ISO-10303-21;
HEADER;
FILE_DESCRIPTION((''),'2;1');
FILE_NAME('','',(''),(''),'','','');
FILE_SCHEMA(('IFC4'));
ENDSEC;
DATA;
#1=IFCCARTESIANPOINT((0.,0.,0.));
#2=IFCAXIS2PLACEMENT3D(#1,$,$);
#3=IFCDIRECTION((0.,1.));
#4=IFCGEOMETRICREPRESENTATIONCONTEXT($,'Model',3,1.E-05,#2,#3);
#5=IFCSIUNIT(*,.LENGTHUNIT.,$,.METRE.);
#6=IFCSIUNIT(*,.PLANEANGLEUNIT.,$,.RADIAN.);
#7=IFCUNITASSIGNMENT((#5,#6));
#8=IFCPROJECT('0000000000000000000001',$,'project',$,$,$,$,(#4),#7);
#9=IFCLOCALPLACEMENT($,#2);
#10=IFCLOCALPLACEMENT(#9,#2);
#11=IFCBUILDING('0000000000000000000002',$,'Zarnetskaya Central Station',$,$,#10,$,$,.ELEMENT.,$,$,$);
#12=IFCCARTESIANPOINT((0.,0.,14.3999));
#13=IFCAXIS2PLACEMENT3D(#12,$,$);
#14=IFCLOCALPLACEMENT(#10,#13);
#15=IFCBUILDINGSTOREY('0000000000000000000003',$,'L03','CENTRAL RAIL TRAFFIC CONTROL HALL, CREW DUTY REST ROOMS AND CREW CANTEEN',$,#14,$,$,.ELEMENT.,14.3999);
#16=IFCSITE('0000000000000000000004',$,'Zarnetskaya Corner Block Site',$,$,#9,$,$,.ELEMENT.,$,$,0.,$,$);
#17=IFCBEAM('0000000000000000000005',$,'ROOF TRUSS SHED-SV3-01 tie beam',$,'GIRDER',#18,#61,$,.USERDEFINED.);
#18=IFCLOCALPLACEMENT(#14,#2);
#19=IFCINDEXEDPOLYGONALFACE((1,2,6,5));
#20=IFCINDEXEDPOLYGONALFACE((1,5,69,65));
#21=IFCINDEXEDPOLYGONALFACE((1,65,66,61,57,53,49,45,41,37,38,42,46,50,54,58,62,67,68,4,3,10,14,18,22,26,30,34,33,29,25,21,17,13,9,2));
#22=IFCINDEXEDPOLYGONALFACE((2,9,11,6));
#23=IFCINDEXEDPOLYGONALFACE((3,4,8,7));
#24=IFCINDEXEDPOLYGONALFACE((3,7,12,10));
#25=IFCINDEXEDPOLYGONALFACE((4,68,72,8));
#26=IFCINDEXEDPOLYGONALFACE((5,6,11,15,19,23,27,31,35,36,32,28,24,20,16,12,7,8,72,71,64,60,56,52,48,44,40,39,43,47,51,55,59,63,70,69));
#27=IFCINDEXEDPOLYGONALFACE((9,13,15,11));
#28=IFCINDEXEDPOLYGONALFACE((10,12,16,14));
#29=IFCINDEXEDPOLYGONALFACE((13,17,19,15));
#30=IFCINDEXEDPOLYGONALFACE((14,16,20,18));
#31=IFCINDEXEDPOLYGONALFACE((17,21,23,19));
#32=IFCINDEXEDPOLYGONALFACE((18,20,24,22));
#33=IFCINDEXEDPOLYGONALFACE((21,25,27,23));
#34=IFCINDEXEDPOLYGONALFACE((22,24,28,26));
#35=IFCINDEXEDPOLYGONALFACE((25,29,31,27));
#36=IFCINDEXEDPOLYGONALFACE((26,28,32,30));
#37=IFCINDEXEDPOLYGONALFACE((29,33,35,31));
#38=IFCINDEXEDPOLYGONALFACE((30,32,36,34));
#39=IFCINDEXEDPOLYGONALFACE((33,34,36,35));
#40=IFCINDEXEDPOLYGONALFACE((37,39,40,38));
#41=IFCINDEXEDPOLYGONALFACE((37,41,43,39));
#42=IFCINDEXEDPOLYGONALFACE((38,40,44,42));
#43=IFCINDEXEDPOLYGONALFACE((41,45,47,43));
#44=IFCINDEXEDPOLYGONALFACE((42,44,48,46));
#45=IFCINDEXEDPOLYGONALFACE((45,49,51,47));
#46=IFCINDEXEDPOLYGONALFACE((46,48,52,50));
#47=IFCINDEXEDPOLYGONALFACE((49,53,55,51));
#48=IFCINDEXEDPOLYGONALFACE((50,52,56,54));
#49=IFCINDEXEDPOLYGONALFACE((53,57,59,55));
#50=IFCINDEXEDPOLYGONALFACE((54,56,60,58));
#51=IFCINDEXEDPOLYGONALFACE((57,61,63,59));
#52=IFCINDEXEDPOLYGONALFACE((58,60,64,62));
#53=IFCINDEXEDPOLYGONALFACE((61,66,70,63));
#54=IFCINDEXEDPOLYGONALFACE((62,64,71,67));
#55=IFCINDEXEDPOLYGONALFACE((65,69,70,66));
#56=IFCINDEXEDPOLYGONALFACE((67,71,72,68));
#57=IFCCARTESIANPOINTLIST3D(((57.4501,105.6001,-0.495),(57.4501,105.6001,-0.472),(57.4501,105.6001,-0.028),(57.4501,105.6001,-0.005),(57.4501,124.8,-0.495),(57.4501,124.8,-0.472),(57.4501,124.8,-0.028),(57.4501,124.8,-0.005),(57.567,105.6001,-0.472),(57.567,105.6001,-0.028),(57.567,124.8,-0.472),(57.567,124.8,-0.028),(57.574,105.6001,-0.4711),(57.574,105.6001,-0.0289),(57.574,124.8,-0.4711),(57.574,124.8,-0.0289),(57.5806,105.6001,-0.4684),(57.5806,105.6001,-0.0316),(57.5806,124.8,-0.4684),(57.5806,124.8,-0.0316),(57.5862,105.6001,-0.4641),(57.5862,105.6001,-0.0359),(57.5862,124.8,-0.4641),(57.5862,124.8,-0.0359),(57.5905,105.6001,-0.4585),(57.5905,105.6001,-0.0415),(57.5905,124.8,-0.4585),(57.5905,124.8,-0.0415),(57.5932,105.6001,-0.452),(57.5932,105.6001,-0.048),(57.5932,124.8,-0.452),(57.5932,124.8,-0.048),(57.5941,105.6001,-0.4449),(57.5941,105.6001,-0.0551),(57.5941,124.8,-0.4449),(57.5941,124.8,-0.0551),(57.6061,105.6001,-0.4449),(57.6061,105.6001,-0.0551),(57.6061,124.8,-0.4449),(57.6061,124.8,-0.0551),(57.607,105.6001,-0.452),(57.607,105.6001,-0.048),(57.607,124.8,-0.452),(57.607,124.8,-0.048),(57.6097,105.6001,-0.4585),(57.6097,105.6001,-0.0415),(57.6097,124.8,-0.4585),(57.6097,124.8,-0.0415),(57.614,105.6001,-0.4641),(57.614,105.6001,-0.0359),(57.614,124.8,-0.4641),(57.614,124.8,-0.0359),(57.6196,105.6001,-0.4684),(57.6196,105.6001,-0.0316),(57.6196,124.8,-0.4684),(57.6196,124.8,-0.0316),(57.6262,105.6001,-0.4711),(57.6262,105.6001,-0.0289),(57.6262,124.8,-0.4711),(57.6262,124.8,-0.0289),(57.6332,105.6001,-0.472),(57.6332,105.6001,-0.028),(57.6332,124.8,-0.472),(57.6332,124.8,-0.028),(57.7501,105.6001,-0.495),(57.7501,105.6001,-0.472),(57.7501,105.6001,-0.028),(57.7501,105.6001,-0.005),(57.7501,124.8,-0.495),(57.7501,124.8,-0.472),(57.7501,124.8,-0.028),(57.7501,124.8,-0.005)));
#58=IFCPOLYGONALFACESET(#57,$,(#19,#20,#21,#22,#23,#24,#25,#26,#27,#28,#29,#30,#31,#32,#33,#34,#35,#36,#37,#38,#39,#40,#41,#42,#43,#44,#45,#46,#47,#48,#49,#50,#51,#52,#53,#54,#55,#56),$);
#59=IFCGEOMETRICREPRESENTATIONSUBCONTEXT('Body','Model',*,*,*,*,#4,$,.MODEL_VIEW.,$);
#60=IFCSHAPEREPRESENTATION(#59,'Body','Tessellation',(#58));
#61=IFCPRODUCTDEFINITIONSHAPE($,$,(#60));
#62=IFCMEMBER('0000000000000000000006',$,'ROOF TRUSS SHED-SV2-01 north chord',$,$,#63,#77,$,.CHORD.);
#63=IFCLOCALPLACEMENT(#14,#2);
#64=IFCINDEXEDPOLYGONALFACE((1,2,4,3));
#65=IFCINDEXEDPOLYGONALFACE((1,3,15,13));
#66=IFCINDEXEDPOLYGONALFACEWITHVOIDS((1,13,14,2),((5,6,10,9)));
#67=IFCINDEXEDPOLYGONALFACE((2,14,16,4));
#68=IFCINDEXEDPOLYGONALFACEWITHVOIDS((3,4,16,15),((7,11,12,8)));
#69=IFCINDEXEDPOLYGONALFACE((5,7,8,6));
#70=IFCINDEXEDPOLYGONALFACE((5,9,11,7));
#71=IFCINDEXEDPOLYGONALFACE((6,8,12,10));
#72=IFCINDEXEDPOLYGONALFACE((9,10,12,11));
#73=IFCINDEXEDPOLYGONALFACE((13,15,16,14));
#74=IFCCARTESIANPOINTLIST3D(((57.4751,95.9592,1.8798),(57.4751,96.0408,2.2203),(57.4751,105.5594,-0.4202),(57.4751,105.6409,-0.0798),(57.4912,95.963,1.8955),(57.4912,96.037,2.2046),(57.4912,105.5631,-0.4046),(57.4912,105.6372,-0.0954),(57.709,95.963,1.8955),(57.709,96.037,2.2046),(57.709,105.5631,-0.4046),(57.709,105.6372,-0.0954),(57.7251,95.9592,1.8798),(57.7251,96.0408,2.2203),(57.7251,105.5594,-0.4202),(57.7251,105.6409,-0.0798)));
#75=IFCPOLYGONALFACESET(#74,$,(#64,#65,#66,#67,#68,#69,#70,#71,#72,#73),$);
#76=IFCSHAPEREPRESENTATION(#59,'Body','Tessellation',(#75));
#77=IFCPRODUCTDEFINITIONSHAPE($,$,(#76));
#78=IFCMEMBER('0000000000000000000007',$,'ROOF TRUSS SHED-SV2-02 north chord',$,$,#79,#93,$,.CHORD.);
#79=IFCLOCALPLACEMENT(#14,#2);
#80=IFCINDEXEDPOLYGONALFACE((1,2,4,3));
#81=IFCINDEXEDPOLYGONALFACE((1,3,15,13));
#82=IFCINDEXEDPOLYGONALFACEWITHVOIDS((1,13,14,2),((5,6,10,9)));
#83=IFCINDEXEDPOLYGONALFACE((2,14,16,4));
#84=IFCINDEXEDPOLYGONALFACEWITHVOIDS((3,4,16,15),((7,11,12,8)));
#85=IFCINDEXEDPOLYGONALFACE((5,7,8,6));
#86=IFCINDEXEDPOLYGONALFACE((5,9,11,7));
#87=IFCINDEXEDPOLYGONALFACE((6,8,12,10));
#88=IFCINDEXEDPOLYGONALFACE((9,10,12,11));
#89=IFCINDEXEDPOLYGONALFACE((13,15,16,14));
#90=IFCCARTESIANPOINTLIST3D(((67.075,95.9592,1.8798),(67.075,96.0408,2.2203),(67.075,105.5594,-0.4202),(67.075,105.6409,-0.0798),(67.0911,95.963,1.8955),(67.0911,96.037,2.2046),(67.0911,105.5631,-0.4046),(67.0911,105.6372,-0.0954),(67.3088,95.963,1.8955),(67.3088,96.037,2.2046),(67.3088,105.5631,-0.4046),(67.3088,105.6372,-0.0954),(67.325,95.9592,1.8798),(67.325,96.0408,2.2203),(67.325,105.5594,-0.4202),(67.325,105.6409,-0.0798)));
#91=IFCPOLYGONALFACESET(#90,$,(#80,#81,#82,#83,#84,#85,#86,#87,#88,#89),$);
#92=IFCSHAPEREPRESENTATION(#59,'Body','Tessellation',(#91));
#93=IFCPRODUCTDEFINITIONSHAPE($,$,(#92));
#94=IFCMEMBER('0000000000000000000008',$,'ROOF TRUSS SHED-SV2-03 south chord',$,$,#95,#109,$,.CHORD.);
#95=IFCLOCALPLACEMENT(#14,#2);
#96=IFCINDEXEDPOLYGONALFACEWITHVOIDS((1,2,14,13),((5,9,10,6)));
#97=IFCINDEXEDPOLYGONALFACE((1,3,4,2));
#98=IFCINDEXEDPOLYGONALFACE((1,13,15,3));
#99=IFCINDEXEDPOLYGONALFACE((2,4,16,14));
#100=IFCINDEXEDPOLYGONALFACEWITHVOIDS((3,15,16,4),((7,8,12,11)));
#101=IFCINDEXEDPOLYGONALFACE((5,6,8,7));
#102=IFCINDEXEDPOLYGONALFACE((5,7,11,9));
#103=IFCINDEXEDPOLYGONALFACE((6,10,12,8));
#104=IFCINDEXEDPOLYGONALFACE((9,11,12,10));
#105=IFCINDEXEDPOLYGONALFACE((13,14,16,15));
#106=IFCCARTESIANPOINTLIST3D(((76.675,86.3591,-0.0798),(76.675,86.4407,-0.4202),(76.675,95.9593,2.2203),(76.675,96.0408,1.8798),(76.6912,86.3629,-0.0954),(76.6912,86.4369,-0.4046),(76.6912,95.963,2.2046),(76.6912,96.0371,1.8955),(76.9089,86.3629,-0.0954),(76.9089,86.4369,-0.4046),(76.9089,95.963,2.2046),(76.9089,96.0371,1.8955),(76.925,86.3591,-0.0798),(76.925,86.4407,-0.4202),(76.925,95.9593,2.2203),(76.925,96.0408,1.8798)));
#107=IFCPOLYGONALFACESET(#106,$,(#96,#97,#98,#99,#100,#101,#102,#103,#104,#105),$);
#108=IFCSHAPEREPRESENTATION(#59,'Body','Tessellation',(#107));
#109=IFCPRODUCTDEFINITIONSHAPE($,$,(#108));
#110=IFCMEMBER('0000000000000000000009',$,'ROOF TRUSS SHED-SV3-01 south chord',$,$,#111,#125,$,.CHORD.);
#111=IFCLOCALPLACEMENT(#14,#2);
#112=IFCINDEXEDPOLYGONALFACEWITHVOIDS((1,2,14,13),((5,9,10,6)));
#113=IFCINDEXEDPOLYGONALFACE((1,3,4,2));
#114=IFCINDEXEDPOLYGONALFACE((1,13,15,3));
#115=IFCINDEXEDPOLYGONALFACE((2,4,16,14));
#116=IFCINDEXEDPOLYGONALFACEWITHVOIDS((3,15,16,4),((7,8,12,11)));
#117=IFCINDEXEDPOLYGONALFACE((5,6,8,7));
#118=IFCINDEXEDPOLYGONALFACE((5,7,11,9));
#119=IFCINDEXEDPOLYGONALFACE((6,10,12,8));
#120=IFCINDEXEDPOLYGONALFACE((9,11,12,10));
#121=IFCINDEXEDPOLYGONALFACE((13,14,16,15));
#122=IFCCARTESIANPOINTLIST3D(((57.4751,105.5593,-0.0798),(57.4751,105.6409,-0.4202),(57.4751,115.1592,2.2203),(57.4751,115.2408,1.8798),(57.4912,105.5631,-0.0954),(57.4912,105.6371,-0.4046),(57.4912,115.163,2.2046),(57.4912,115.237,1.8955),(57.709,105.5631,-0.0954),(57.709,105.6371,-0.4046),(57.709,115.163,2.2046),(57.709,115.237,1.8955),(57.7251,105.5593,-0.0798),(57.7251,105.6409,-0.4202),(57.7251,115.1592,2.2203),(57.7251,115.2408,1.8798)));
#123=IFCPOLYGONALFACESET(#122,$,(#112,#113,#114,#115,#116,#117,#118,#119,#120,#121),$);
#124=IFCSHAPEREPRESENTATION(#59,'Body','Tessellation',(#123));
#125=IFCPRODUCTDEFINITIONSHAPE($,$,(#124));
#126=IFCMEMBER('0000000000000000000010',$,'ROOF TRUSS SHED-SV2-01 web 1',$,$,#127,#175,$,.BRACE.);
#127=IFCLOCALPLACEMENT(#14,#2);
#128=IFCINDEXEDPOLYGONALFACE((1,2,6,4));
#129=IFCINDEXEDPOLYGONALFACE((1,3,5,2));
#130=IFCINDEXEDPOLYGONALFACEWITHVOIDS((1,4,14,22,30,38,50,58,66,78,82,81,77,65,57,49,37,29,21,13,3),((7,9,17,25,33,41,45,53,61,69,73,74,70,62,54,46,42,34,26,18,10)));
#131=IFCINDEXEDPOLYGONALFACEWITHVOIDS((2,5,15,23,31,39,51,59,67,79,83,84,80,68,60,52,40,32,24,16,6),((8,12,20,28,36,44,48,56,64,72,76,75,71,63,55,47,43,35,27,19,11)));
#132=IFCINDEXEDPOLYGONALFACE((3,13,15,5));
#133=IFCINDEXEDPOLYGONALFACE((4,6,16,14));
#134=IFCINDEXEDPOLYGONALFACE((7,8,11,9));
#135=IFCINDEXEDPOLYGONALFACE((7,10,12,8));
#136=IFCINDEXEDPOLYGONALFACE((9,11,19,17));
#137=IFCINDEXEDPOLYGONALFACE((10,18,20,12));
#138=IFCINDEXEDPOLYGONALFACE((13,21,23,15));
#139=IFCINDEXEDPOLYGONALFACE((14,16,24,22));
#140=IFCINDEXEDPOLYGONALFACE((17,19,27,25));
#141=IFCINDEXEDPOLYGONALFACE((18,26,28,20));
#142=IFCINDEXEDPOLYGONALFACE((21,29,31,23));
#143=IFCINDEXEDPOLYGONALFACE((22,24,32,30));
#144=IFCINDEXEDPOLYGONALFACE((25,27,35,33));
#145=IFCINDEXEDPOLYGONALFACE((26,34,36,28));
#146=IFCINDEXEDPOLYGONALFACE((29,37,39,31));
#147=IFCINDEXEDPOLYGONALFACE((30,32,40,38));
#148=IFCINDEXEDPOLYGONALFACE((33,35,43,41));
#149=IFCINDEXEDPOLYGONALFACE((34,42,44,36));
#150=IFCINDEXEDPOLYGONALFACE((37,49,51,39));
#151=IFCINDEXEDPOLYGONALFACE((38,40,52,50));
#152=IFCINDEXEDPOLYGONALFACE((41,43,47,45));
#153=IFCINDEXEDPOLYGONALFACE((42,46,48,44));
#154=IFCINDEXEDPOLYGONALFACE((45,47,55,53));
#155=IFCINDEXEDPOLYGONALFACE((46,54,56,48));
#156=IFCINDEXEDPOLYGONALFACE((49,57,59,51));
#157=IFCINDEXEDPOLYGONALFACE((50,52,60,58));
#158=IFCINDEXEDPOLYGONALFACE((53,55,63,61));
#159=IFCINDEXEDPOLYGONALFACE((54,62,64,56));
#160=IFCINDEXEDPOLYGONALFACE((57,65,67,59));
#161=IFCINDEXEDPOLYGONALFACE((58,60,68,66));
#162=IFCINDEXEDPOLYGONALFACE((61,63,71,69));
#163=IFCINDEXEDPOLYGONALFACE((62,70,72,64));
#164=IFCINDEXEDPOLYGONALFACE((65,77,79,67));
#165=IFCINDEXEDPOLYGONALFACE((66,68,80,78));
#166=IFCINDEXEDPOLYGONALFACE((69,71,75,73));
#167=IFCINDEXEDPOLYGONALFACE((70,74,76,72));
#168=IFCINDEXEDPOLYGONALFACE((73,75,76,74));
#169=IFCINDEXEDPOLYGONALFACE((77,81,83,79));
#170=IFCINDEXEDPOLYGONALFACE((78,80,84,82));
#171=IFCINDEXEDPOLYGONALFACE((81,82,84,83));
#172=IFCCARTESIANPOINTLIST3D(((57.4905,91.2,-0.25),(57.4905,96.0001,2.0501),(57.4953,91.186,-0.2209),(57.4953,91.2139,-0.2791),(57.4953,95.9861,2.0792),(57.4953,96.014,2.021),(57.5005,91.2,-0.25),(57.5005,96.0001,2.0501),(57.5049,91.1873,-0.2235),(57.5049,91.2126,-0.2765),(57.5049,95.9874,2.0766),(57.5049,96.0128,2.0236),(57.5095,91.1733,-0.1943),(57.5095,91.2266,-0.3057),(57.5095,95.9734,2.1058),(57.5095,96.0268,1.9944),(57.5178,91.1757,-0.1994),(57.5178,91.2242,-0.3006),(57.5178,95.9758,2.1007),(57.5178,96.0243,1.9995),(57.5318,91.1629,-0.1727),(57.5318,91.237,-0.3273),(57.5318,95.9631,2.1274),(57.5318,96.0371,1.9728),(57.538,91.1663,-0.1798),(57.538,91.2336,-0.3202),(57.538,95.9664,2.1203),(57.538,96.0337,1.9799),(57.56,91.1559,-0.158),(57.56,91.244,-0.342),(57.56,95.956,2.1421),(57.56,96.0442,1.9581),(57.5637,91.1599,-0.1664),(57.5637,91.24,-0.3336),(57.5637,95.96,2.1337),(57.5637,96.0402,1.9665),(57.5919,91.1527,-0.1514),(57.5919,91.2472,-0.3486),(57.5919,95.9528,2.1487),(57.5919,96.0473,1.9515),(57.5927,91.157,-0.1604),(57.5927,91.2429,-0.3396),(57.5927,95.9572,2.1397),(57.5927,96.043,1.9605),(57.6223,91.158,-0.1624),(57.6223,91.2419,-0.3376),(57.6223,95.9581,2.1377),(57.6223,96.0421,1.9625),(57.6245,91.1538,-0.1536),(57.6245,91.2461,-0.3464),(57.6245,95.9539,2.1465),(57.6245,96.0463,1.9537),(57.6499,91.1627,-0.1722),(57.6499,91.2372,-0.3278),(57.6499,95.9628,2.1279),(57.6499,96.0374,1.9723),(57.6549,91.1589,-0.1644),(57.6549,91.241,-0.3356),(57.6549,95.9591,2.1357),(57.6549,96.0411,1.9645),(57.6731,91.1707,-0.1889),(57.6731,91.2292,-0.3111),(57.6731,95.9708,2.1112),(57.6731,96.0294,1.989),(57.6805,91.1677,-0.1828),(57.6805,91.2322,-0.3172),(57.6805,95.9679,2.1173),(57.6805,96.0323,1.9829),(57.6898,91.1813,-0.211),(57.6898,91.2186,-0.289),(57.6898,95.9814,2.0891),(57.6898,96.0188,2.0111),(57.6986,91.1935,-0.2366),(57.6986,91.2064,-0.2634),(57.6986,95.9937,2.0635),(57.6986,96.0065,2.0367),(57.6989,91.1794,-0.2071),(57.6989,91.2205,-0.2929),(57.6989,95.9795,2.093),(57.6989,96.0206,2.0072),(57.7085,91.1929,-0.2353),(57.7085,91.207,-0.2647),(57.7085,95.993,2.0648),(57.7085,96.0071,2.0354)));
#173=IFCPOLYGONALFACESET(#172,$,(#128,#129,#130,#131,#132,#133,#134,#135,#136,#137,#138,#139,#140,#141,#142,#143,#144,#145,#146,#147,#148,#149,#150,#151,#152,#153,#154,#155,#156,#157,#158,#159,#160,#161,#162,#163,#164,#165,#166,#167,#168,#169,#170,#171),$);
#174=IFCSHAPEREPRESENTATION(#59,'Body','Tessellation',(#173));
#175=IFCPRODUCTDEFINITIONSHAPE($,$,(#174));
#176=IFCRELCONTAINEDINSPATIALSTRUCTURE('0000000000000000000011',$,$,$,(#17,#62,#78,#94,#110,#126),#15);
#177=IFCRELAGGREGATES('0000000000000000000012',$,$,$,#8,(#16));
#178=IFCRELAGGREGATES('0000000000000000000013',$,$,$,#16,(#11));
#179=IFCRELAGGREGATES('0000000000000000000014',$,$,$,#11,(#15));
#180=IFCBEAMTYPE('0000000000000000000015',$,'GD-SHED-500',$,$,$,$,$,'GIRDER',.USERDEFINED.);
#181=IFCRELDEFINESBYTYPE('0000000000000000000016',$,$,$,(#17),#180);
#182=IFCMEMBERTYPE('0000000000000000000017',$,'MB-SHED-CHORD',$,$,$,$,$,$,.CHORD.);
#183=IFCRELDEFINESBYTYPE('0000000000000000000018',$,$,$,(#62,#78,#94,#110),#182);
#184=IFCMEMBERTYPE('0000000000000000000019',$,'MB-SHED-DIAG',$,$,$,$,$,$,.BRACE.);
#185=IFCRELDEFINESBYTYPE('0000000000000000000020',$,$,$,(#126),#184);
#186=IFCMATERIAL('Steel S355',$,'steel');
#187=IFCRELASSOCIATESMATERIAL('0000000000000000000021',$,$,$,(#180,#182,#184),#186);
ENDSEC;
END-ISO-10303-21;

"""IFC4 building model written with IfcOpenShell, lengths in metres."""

from ifc_helpers import new_model, si_unit, direction, frame, origin, origin_2d, place, context, subcontext, project, spatial, hollow_rectangle, hollow_circle, i_section, extrude, material, material_profile, profile_set, type_object, element, save


model = new_model("IFC4")

# Units and contexts
model_context = context("Model", 3, precision=1e-05, world=origin(), true_north=direction((0.0, 1.0)))
body_context = subcontext(model_context, "Body", "Model", "MODEL_VIEW")
ifc_project = project(units=[si_unit("LENGTHUNIT", "METRE"), si_unit("PLANEANGLEUNIT", "RADIAN")], contexts=[model_context])

# Site, building, storey
site_placement = place(None, origin())
site = spatial("IfcSite", under=ifc_project, at=site_placement, Name="Zarnetskaya Corner Block Site", CompositionType="ELEMENT", RefElevation=0.0)
building_placement = place(site_placement, origin())
building = spatial("IfcBuilding", under=site, at=building_placement, Name="Zarnetskaya Central Station", CompositionType="ELEMENT")
storey_placement = place(building_placement, frame((0.0, 0.0, 14.3999)))
storey = spatial("IfcBuildingStorey", under=building, at=storey_placement, Name="L03", Description="CENTRAL RAIL TRAFFIC CONTROL HALL, CREW DUTY REST ROOMS AND CREW CANTEEN", CompositionType="ELEMENT", Elevation=14.3999)

# Beam
ifc_material_1 = material(Name="Steel S355", Category="steel")
ifc_material_profile_1 = material_profile(ifc_material_1, i_section(OverallWidth=0.3, OverallDepth=0.49, WebThickness=0.012, FlangeThickness=0.0229, FilletRadius=0.0271, at=origin_2d()), Name="HEA 500")
ifc_profile_set_1 = profile_set([ifc_material_profile_1], Name="Steel S355")
beam_type = type_object("IfcBeamType", Name="GD-SHED-500", ElementType="GIRDER", PredefinedType="USERDEFINED", material=ifc_profile_set_1)
beam_placement = place(storey_placement, frame((57.6001, 105.6001, -0.25), z_axis=(0.0, 1.0, 0.0), x_axis=(-1.0, 0.0, 0.0)))
element("IfcBeam", 1, at=beam_placement, inside=storey, type_object=beam_type, Name="ROOF TRUSS SHED-SV3-01 tie beam", ObjectType="GIRDER", PredefinedType="USERDEFINED", context=body_context, shape_type="SweptSolid", body=[
    extrude(i_section(OverallWidth=0.3, OverallDepth=0.49, WebThickness=0.012, FlangeThickness=0.0229, FilletRadius=0.0271, at=origin_2d()), origin(), (0.0, 0.0, 1.0), 19.2),
])

# Members
ifc_material_profile_2 = material_profile(ifc_material_1, hollow_rectangle(XDim=0.25, YDim=0.3501, WallThickness=0.0161, at=origin_2d()), Name="RHS 350x250x16")
ifc_profile_set_2 = profile_set([ifc_material_profile_2], Name="Steel S355")
member_type_1 = type_object("IfcMemberType", Name="MB-SHED-CHORD", PredefinedType="CHORD", material=ifc_profile_set_2)
for number, where, z_axis, x_axis, name in (
    (2, (57.6001, 96.0, 2.05), (0.0, 0.972479, -0.232992), (-1.0, 0.0, 0.0), "ROOF TRUSS SHED-SV2-01 north chord"),
    (3, (67.2, 96.0, 2.05), (0.0, 0.972479, -0.232992), (-1.0, 0.0, 0.0), "ROOF TRUSS SHED-SV2-02 north chord"),
    (4, (76.8, 86.3999, -0.25), (0.0, 0.972479, 0.232992), (-1.0, 0.0, 0.0), "ROOF TRUSS SHED-SV2-03 south chord"),
):
    element("IfcMember", number, at=place(storey_placement, frame(where, z_axis=z_axis, x_axis=x_axis)), inside=storey, type_object=member_type_1, Name=name, PredefinedType="CHORD", context=body_context, shape_type="SweptSolid", body=[
        extrude(hollow_rectangle(XDim=0.25, YDim=0.3501, WallThickness=0.0161, at=origin_2d()), origin(), (0.0, 0.0, 1.0), 9.8718),
    ])
member_placement = place(storey_placement, frame((57.6001, 105.6001, -0.25), z_axis=(0.0, 0.972477, 0.232998), x_axis=(-1.0, 0.0, 0.0)))
element("IfcMember", 5, at=member_placement, inside=storey, type_object=member_type_1, Name="ROOF TRUSS SHED-SV3-01 south chord", PredefinedType="CHORD", context=body_context, shape_type="SweptSolid", body=[
    extrude(hollow_rectangle(XDim=0.25, YDim=0.3501, WallThickness=0.0161, at=origin_2d()), origin(), (0.0, 0.0, 1.0), 9.8716),
])
ifc_material_profile_3 = material_profile(ifc_material_1, hollow_circle(Radius=0.1096, WallThickness=0.01, at=origin_2d()), Name="CHS 219.1x10")
ifc_profile_set_3 = profile_set([ifc_material_profile_3], Name="Steel S355")
member_type_2 = type_object("IfcMemberType", Name="MB-SHED-DIAG", PredefinedType="BRACE", material=ifc_profile_set_3)
for number, where, z_axis, x_axis, name in (
    (6, (57.6001, 91.2, -0.25), (0.0, 0.901814, 0.432124), (-1.0, 0.0, 0.0), "ROOF TRUSS SHED-SV2-01 web 1"),
):
    element("IfcMember", number, at=place(storey_placement, frame(where, z_axis=z_axis, x_axis=x_axis)), inside=storey, type_object=member_type_2, Name=name, PredefinedType="BRACE", context=body_context, shape_type="SweptSolid", body=[
        extrude(hollow_circle(Radius=0.1096, WallThickness=0.01, at=origin_2d()), origin(), (0.0, 0.0, 1.0), 5.3228),
    ])

save(model, "model.ifc")
